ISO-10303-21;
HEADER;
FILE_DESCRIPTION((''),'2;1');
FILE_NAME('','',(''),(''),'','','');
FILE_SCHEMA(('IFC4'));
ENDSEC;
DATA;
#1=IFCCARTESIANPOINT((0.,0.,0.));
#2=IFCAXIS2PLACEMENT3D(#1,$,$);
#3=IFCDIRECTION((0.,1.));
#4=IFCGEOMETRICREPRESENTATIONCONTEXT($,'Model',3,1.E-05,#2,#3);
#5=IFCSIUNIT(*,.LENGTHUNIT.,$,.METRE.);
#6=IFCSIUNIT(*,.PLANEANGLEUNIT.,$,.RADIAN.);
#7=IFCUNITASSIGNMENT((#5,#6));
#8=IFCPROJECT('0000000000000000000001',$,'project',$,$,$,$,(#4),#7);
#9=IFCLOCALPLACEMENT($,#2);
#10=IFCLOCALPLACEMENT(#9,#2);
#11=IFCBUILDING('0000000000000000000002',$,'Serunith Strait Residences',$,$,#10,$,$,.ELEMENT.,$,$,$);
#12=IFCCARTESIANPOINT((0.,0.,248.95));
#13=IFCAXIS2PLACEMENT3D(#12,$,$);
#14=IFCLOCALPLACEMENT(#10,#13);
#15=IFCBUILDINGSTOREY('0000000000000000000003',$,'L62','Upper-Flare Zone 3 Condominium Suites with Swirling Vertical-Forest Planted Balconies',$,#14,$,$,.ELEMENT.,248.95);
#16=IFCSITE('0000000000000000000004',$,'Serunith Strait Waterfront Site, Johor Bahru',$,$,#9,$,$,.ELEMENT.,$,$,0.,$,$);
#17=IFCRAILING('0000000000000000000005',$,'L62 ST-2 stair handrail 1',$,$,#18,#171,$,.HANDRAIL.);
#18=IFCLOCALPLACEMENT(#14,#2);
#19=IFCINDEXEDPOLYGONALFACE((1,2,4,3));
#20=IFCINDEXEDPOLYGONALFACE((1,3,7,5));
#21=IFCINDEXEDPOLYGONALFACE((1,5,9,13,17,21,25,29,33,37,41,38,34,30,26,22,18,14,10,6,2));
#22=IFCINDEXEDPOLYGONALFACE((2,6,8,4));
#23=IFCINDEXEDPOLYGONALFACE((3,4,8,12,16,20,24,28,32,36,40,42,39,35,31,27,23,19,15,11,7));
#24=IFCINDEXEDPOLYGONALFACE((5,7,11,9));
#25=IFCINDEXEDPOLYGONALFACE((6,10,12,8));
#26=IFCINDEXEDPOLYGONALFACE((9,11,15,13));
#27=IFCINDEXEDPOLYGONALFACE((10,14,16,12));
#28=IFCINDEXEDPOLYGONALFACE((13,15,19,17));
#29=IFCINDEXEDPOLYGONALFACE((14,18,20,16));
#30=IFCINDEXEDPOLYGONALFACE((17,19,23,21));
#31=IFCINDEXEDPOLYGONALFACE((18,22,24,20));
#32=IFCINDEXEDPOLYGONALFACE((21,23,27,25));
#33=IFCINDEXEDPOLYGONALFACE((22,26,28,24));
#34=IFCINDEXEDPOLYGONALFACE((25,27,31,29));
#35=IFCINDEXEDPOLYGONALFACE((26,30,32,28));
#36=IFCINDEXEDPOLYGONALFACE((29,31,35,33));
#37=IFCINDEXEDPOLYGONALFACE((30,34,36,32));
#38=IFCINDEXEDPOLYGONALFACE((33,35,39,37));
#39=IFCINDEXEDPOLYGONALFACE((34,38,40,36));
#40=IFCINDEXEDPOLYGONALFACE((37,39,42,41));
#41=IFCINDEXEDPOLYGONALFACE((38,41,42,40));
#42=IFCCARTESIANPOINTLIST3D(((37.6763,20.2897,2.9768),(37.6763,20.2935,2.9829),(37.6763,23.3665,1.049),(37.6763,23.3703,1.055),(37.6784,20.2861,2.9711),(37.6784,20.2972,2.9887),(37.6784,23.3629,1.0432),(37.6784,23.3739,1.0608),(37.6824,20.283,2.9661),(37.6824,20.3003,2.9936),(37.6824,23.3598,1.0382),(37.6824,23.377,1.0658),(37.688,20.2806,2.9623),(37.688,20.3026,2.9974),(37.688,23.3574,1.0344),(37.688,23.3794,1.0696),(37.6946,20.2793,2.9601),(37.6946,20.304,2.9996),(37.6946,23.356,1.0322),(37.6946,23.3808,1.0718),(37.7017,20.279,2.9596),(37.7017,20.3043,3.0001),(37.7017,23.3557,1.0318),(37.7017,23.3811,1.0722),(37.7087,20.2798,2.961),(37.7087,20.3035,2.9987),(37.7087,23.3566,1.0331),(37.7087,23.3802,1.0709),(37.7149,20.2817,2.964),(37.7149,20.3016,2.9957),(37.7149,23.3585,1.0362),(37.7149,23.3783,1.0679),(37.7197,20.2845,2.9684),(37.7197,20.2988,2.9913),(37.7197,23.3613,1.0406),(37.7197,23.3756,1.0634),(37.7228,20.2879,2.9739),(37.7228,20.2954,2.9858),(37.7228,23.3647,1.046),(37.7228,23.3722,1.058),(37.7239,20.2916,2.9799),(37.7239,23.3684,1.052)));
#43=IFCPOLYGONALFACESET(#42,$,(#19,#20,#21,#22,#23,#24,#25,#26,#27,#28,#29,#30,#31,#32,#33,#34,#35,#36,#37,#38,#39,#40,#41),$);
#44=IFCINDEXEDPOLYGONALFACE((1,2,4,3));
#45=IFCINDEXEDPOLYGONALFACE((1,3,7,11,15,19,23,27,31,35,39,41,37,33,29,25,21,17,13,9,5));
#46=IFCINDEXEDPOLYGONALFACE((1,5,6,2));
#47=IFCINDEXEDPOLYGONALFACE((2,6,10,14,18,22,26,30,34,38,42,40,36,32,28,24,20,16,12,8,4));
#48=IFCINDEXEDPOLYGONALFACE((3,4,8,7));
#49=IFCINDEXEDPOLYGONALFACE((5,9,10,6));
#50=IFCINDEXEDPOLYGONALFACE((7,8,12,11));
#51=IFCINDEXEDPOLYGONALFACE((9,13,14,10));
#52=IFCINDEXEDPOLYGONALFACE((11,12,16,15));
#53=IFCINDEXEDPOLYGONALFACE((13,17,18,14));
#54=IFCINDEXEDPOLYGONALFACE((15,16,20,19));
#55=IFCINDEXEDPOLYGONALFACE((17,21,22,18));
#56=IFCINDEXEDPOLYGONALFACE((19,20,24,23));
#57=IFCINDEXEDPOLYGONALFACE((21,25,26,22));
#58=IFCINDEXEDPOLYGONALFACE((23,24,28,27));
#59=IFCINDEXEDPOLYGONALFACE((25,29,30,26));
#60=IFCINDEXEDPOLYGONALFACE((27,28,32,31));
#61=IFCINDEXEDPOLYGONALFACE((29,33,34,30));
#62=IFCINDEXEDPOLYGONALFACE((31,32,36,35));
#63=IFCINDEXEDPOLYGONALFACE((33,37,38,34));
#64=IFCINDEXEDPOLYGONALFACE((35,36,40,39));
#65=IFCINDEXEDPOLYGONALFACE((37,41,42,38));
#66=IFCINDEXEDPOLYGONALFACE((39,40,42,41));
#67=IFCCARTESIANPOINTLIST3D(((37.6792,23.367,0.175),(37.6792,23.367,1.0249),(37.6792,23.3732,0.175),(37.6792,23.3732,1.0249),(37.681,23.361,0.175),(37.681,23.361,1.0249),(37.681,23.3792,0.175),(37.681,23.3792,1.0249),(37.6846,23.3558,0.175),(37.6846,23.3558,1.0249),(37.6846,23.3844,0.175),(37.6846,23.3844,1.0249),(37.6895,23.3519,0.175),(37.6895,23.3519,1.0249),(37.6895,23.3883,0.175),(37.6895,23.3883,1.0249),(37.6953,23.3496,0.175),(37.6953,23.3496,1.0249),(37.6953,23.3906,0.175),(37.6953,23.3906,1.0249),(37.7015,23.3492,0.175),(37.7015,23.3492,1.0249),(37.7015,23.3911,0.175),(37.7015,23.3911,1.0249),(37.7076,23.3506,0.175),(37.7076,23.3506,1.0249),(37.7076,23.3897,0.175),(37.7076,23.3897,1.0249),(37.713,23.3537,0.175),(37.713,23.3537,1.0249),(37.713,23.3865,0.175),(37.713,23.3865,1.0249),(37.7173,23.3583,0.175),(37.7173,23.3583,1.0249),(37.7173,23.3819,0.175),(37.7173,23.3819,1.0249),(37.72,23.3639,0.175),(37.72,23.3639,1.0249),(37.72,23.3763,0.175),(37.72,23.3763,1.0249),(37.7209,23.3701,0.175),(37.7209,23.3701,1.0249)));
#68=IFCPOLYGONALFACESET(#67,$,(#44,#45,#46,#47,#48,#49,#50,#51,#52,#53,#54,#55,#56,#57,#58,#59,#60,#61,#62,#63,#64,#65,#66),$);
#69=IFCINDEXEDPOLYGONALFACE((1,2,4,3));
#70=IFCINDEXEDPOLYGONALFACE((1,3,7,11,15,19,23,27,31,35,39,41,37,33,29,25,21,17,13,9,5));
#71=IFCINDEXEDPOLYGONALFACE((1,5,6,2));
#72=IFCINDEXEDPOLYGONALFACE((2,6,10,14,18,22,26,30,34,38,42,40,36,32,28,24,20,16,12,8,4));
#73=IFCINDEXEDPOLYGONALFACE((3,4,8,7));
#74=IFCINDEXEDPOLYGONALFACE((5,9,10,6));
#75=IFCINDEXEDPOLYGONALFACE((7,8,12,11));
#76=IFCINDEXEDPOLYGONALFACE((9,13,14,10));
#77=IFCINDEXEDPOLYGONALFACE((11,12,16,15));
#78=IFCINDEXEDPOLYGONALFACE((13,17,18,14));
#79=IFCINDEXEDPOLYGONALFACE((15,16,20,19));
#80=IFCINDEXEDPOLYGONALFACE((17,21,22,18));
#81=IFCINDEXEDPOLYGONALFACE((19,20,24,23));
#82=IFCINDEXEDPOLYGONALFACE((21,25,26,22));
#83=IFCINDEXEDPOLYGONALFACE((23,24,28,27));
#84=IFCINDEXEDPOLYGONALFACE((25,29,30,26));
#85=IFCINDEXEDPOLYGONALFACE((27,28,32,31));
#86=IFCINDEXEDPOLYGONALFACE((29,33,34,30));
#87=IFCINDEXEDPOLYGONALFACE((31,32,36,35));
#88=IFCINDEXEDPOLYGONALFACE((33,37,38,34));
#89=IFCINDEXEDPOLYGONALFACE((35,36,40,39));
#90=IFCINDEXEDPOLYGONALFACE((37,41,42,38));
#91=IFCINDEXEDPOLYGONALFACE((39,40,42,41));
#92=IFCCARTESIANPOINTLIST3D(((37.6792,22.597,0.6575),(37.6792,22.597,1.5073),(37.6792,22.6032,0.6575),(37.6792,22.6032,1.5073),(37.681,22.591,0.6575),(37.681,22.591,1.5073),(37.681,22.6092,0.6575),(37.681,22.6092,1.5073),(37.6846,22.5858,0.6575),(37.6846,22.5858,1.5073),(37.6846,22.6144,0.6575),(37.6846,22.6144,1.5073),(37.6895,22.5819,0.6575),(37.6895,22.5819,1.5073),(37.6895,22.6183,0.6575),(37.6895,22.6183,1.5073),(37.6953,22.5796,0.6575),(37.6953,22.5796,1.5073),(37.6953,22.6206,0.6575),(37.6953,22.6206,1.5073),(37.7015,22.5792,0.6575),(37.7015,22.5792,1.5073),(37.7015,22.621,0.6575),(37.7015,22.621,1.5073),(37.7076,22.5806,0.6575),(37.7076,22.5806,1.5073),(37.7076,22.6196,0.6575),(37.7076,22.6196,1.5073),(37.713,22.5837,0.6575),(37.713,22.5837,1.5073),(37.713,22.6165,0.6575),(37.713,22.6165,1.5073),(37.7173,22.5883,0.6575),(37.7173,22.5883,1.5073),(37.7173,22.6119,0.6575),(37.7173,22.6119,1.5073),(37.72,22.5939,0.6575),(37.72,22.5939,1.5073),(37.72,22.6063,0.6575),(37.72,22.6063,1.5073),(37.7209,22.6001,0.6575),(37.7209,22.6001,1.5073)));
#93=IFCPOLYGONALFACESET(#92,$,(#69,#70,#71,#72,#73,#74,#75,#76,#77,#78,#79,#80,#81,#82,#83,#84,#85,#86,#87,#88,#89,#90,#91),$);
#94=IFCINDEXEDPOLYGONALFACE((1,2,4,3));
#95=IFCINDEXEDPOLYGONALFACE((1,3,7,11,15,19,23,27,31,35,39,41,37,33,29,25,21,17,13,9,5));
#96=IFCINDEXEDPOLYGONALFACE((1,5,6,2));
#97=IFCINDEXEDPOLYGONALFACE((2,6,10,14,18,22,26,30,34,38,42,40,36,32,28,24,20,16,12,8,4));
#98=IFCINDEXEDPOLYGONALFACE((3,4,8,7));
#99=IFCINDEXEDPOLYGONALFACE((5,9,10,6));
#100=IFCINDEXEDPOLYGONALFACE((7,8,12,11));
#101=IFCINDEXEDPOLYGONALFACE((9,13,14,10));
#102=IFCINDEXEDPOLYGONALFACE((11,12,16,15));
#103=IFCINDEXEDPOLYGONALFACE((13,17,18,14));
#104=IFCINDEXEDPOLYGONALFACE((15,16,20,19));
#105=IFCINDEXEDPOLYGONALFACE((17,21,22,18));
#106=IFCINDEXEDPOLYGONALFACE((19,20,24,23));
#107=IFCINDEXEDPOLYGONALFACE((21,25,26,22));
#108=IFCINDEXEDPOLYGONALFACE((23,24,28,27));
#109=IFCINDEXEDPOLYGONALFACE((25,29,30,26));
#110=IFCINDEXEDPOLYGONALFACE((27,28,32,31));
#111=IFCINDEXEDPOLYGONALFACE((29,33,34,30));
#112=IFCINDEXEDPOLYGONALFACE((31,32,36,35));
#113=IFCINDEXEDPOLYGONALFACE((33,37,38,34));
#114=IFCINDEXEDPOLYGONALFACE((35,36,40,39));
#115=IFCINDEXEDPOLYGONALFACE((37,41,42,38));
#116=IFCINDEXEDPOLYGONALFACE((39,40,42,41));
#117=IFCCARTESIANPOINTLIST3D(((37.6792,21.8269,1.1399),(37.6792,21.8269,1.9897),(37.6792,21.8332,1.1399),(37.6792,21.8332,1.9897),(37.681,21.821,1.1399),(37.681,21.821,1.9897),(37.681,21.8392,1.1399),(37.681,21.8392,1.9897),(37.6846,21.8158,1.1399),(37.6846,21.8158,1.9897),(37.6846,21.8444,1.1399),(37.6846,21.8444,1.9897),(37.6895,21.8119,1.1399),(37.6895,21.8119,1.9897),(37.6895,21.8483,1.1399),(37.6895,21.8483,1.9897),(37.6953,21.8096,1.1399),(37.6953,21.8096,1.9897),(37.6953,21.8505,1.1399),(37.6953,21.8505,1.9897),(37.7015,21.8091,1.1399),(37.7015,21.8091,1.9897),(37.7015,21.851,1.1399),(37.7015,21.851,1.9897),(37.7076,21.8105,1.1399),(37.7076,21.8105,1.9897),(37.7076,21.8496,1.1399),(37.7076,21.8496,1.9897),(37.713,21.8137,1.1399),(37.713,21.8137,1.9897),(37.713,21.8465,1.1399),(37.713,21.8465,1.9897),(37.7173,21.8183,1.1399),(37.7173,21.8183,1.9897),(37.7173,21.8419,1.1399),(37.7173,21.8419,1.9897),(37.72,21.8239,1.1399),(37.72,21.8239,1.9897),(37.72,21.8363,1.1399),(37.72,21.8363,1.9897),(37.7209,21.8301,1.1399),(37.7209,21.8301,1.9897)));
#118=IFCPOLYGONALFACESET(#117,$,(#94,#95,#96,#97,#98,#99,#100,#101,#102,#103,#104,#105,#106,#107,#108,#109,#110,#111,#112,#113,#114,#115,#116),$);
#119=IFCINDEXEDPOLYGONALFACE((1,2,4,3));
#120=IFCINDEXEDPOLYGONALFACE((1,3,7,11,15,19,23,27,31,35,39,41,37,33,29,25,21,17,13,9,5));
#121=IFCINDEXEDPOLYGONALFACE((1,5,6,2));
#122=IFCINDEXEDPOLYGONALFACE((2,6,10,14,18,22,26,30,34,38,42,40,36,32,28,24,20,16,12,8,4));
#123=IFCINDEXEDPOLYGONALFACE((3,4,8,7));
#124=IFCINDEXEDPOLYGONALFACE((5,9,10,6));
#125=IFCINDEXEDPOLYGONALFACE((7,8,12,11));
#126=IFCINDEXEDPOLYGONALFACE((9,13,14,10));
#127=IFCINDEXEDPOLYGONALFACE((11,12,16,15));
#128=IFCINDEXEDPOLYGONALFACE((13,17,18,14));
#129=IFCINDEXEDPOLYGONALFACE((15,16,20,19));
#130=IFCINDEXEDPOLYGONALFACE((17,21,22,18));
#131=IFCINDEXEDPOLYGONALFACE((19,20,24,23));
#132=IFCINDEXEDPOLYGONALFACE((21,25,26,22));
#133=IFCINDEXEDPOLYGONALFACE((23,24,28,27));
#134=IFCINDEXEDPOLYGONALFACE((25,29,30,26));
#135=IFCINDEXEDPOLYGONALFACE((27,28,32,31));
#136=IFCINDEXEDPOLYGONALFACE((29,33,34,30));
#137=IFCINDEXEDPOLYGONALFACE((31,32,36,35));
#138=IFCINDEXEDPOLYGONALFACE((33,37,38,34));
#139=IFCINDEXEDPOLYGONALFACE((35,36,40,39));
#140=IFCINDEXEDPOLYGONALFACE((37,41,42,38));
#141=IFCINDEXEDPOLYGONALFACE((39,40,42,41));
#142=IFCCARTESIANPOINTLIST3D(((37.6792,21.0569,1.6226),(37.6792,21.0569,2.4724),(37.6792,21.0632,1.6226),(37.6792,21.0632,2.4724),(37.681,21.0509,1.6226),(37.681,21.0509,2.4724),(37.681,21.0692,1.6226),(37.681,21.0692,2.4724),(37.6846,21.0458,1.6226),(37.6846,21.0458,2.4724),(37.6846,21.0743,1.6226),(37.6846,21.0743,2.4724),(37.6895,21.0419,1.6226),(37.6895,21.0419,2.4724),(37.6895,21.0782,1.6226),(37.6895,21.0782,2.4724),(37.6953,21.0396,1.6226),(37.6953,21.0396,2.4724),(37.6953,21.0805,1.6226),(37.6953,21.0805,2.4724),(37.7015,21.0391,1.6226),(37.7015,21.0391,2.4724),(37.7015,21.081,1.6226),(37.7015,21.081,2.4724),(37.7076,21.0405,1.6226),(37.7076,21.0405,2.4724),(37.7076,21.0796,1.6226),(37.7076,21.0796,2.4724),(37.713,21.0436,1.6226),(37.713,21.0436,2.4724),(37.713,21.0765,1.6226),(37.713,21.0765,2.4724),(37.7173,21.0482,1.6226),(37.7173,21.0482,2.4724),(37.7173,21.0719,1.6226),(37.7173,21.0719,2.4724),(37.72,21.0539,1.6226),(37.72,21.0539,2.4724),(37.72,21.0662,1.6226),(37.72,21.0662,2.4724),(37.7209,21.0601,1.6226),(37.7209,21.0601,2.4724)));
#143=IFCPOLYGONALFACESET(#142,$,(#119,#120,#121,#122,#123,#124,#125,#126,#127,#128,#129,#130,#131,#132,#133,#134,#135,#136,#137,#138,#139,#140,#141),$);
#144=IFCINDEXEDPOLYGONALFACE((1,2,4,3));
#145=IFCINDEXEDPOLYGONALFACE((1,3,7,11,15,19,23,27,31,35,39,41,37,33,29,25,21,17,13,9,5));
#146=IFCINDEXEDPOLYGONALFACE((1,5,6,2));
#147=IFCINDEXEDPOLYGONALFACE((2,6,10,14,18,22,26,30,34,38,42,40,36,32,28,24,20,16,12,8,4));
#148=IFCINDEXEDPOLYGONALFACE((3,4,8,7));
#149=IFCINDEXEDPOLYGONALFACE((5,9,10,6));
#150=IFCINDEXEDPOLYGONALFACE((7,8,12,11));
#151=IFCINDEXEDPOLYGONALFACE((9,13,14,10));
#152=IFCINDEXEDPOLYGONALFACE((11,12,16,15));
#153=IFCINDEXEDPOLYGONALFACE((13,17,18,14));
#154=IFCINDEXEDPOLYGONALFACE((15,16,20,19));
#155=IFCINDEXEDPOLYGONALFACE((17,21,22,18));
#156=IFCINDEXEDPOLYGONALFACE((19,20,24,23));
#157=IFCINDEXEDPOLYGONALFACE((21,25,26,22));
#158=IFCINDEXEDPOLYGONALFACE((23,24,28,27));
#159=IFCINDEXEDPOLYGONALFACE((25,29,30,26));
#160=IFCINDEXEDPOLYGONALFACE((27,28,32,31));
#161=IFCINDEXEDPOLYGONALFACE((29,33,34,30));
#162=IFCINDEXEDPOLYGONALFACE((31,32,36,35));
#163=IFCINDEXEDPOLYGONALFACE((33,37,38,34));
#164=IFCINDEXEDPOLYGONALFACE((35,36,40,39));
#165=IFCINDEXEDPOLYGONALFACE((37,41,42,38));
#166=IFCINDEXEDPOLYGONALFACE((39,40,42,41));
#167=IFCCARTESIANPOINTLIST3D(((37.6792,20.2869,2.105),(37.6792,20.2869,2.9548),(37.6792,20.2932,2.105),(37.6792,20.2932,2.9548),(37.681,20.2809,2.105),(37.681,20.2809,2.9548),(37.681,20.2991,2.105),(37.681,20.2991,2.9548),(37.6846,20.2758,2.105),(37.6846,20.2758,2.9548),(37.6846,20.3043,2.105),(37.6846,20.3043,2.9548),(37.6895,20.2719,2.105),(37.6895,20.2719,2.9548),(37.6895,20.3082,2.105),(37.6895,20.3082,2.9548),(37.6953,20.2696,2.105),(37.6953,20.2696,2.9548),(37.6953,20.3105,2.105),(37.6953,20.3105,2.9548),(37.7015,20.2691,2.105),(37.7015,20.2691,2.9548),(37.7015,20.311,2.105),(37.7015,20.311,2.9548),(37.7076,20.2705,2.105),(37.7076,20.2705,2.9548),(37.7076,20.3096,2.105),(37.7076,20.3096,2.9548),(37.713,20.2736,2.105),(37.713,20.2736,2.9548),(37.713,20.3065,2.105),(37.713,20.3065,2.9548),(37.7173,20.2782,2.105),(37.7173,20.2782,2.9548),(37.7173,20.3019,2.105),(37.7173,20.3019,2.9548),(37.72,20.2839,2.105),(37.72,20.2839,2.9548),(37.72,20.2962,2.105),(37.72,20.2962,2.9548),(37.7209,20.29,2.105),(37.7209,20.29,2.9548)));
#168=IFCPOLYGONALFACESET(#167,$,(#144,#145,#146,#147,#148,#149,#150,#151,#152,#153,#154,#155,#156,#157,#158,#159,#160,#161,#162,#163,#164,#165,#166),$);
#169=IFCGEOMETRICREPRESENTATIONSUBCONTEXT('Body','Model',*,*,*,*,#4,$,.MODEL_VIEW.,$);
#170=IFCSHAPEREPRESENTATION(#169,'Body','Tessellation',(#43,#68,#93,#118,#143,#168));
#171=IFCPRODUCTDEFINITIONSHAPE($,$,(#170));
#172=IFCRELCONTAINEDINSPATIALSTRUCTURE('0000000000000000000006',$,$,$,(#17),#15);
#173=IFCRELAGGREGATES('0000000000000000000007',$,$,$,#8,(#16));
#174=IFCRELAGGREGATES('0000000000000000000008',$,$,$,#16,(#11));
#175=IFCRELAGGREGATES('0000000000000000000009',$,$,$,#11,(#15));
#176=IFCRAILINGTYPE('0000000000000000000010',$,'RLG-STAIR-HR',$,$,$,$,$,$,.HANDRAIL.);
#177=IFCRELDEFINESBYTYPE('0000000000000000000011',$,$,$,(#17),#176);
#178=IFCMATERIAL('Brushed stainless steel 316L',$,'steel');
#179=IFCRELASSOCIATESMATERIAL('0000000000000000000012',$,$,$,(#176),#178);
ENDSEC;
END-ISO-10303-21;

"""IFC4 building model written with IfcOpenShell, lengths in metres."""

from ifc_helpers import new_model, si_unit, direction, frame, origin, origin_2d, place, context, subcontext, project, spatial, circle, extrude, material, type_object, element, save


model = new_model("IFC4")

# Units and contexts
model_context = context("Model", 3, precision=1e-05, world=origin(), true_north=direction((0.0, 1.0)))
body_context = subcontext(model_context, "Body", "Model", "MODEL_VIEW")
ifc_project = project(units=[si_unit("LENGTHUNIT", "METRE"), si_unit("PLANEANGLEUNIT", "RADIAN")], contexts=[model_context])

# Site, building, storey
site_placement = place(None, origin())
site = spatial("IfcSite", under=ifc_project, at=site_placement, Name="Serunith Strait Waterfront Site, Johor Bahru", CompositionType="ELEMENT", RefElevation=0.0)
building_placement = place(site_placement, origin())
building = spatial("IfcBuilding", under=site, at=building_placement, Name="Serunith Strait Residences", CompositionType="ELEMENT")
storey_placement = place(building_placement, frame((0.0, 0.0, 248.95)))
storey = spatial("IfcBuildingStorey", under=building, at=storey_placement, Name="L62", Description="Upper-Flare Zone 3 Condominium Suites with Swirling Vertical-Forest Planted Balconies", CompositionType="ELEMENT", Elevation=248.95)

# Railing
ifc_material_1 = material(Name="Brushed stainless steel 316L", Category="steel")
railing_type_1 = type_object("IfcRailingType", Name="RLG-STAIR-HR", PredefinedType="HANDRAIL", material=ifc_material_1)
railing_1_placement = place(storey_placement, frame((37.7, 23.3701, 0.175)))
element("IfcRailing", 1, at=railing_1_placement, inside=storey, type_object=railing_type_1, Name="L62 ST-2 stair handrail 1", PredefinedType="HANDRAIL", context=body_context, shape_type="SweptSolid", body=[
    extrude(circle(Radius=0.0239, at=origin_2d()), frame((0.0, -0.0017, 0.877), z_axis=(0.0, -0.847394, 0.530965), x_axis=(1.0, 0.0, 0.0)), (0.0, 0.0, 1.0), 3.6309),
    extrude(circle(Radius=0.021, at=origin_2d()), origin(), (0.0, 0.0, 1.0), 0.8499),
    extrude(circle(Radius=0.021, at=origin_2d()), frame((0.0, -0.77, 0.4824)), (0.0, 0.0, 1.0), 0.8499),
    extrude(circle(Radius=0.021, at=origin_2d()), frame((0.0, -1.54, 0.9648)), (0.0, 0.0, 1.0), 0.8499),
    extrude(circle(Radius=0.021, at=origin_2d()), frame((0.0, -2.3101, 1.4475)), (0.0, 0.0, 1.0), 0.8499),
    extrude(circle(Radius=0.021, at=origin_2d()), frame((0.0, -3.0801, 1.9299)), (0.0, 0.0, 1.0), 0.8499),
])

save(model, "model.ifc")
